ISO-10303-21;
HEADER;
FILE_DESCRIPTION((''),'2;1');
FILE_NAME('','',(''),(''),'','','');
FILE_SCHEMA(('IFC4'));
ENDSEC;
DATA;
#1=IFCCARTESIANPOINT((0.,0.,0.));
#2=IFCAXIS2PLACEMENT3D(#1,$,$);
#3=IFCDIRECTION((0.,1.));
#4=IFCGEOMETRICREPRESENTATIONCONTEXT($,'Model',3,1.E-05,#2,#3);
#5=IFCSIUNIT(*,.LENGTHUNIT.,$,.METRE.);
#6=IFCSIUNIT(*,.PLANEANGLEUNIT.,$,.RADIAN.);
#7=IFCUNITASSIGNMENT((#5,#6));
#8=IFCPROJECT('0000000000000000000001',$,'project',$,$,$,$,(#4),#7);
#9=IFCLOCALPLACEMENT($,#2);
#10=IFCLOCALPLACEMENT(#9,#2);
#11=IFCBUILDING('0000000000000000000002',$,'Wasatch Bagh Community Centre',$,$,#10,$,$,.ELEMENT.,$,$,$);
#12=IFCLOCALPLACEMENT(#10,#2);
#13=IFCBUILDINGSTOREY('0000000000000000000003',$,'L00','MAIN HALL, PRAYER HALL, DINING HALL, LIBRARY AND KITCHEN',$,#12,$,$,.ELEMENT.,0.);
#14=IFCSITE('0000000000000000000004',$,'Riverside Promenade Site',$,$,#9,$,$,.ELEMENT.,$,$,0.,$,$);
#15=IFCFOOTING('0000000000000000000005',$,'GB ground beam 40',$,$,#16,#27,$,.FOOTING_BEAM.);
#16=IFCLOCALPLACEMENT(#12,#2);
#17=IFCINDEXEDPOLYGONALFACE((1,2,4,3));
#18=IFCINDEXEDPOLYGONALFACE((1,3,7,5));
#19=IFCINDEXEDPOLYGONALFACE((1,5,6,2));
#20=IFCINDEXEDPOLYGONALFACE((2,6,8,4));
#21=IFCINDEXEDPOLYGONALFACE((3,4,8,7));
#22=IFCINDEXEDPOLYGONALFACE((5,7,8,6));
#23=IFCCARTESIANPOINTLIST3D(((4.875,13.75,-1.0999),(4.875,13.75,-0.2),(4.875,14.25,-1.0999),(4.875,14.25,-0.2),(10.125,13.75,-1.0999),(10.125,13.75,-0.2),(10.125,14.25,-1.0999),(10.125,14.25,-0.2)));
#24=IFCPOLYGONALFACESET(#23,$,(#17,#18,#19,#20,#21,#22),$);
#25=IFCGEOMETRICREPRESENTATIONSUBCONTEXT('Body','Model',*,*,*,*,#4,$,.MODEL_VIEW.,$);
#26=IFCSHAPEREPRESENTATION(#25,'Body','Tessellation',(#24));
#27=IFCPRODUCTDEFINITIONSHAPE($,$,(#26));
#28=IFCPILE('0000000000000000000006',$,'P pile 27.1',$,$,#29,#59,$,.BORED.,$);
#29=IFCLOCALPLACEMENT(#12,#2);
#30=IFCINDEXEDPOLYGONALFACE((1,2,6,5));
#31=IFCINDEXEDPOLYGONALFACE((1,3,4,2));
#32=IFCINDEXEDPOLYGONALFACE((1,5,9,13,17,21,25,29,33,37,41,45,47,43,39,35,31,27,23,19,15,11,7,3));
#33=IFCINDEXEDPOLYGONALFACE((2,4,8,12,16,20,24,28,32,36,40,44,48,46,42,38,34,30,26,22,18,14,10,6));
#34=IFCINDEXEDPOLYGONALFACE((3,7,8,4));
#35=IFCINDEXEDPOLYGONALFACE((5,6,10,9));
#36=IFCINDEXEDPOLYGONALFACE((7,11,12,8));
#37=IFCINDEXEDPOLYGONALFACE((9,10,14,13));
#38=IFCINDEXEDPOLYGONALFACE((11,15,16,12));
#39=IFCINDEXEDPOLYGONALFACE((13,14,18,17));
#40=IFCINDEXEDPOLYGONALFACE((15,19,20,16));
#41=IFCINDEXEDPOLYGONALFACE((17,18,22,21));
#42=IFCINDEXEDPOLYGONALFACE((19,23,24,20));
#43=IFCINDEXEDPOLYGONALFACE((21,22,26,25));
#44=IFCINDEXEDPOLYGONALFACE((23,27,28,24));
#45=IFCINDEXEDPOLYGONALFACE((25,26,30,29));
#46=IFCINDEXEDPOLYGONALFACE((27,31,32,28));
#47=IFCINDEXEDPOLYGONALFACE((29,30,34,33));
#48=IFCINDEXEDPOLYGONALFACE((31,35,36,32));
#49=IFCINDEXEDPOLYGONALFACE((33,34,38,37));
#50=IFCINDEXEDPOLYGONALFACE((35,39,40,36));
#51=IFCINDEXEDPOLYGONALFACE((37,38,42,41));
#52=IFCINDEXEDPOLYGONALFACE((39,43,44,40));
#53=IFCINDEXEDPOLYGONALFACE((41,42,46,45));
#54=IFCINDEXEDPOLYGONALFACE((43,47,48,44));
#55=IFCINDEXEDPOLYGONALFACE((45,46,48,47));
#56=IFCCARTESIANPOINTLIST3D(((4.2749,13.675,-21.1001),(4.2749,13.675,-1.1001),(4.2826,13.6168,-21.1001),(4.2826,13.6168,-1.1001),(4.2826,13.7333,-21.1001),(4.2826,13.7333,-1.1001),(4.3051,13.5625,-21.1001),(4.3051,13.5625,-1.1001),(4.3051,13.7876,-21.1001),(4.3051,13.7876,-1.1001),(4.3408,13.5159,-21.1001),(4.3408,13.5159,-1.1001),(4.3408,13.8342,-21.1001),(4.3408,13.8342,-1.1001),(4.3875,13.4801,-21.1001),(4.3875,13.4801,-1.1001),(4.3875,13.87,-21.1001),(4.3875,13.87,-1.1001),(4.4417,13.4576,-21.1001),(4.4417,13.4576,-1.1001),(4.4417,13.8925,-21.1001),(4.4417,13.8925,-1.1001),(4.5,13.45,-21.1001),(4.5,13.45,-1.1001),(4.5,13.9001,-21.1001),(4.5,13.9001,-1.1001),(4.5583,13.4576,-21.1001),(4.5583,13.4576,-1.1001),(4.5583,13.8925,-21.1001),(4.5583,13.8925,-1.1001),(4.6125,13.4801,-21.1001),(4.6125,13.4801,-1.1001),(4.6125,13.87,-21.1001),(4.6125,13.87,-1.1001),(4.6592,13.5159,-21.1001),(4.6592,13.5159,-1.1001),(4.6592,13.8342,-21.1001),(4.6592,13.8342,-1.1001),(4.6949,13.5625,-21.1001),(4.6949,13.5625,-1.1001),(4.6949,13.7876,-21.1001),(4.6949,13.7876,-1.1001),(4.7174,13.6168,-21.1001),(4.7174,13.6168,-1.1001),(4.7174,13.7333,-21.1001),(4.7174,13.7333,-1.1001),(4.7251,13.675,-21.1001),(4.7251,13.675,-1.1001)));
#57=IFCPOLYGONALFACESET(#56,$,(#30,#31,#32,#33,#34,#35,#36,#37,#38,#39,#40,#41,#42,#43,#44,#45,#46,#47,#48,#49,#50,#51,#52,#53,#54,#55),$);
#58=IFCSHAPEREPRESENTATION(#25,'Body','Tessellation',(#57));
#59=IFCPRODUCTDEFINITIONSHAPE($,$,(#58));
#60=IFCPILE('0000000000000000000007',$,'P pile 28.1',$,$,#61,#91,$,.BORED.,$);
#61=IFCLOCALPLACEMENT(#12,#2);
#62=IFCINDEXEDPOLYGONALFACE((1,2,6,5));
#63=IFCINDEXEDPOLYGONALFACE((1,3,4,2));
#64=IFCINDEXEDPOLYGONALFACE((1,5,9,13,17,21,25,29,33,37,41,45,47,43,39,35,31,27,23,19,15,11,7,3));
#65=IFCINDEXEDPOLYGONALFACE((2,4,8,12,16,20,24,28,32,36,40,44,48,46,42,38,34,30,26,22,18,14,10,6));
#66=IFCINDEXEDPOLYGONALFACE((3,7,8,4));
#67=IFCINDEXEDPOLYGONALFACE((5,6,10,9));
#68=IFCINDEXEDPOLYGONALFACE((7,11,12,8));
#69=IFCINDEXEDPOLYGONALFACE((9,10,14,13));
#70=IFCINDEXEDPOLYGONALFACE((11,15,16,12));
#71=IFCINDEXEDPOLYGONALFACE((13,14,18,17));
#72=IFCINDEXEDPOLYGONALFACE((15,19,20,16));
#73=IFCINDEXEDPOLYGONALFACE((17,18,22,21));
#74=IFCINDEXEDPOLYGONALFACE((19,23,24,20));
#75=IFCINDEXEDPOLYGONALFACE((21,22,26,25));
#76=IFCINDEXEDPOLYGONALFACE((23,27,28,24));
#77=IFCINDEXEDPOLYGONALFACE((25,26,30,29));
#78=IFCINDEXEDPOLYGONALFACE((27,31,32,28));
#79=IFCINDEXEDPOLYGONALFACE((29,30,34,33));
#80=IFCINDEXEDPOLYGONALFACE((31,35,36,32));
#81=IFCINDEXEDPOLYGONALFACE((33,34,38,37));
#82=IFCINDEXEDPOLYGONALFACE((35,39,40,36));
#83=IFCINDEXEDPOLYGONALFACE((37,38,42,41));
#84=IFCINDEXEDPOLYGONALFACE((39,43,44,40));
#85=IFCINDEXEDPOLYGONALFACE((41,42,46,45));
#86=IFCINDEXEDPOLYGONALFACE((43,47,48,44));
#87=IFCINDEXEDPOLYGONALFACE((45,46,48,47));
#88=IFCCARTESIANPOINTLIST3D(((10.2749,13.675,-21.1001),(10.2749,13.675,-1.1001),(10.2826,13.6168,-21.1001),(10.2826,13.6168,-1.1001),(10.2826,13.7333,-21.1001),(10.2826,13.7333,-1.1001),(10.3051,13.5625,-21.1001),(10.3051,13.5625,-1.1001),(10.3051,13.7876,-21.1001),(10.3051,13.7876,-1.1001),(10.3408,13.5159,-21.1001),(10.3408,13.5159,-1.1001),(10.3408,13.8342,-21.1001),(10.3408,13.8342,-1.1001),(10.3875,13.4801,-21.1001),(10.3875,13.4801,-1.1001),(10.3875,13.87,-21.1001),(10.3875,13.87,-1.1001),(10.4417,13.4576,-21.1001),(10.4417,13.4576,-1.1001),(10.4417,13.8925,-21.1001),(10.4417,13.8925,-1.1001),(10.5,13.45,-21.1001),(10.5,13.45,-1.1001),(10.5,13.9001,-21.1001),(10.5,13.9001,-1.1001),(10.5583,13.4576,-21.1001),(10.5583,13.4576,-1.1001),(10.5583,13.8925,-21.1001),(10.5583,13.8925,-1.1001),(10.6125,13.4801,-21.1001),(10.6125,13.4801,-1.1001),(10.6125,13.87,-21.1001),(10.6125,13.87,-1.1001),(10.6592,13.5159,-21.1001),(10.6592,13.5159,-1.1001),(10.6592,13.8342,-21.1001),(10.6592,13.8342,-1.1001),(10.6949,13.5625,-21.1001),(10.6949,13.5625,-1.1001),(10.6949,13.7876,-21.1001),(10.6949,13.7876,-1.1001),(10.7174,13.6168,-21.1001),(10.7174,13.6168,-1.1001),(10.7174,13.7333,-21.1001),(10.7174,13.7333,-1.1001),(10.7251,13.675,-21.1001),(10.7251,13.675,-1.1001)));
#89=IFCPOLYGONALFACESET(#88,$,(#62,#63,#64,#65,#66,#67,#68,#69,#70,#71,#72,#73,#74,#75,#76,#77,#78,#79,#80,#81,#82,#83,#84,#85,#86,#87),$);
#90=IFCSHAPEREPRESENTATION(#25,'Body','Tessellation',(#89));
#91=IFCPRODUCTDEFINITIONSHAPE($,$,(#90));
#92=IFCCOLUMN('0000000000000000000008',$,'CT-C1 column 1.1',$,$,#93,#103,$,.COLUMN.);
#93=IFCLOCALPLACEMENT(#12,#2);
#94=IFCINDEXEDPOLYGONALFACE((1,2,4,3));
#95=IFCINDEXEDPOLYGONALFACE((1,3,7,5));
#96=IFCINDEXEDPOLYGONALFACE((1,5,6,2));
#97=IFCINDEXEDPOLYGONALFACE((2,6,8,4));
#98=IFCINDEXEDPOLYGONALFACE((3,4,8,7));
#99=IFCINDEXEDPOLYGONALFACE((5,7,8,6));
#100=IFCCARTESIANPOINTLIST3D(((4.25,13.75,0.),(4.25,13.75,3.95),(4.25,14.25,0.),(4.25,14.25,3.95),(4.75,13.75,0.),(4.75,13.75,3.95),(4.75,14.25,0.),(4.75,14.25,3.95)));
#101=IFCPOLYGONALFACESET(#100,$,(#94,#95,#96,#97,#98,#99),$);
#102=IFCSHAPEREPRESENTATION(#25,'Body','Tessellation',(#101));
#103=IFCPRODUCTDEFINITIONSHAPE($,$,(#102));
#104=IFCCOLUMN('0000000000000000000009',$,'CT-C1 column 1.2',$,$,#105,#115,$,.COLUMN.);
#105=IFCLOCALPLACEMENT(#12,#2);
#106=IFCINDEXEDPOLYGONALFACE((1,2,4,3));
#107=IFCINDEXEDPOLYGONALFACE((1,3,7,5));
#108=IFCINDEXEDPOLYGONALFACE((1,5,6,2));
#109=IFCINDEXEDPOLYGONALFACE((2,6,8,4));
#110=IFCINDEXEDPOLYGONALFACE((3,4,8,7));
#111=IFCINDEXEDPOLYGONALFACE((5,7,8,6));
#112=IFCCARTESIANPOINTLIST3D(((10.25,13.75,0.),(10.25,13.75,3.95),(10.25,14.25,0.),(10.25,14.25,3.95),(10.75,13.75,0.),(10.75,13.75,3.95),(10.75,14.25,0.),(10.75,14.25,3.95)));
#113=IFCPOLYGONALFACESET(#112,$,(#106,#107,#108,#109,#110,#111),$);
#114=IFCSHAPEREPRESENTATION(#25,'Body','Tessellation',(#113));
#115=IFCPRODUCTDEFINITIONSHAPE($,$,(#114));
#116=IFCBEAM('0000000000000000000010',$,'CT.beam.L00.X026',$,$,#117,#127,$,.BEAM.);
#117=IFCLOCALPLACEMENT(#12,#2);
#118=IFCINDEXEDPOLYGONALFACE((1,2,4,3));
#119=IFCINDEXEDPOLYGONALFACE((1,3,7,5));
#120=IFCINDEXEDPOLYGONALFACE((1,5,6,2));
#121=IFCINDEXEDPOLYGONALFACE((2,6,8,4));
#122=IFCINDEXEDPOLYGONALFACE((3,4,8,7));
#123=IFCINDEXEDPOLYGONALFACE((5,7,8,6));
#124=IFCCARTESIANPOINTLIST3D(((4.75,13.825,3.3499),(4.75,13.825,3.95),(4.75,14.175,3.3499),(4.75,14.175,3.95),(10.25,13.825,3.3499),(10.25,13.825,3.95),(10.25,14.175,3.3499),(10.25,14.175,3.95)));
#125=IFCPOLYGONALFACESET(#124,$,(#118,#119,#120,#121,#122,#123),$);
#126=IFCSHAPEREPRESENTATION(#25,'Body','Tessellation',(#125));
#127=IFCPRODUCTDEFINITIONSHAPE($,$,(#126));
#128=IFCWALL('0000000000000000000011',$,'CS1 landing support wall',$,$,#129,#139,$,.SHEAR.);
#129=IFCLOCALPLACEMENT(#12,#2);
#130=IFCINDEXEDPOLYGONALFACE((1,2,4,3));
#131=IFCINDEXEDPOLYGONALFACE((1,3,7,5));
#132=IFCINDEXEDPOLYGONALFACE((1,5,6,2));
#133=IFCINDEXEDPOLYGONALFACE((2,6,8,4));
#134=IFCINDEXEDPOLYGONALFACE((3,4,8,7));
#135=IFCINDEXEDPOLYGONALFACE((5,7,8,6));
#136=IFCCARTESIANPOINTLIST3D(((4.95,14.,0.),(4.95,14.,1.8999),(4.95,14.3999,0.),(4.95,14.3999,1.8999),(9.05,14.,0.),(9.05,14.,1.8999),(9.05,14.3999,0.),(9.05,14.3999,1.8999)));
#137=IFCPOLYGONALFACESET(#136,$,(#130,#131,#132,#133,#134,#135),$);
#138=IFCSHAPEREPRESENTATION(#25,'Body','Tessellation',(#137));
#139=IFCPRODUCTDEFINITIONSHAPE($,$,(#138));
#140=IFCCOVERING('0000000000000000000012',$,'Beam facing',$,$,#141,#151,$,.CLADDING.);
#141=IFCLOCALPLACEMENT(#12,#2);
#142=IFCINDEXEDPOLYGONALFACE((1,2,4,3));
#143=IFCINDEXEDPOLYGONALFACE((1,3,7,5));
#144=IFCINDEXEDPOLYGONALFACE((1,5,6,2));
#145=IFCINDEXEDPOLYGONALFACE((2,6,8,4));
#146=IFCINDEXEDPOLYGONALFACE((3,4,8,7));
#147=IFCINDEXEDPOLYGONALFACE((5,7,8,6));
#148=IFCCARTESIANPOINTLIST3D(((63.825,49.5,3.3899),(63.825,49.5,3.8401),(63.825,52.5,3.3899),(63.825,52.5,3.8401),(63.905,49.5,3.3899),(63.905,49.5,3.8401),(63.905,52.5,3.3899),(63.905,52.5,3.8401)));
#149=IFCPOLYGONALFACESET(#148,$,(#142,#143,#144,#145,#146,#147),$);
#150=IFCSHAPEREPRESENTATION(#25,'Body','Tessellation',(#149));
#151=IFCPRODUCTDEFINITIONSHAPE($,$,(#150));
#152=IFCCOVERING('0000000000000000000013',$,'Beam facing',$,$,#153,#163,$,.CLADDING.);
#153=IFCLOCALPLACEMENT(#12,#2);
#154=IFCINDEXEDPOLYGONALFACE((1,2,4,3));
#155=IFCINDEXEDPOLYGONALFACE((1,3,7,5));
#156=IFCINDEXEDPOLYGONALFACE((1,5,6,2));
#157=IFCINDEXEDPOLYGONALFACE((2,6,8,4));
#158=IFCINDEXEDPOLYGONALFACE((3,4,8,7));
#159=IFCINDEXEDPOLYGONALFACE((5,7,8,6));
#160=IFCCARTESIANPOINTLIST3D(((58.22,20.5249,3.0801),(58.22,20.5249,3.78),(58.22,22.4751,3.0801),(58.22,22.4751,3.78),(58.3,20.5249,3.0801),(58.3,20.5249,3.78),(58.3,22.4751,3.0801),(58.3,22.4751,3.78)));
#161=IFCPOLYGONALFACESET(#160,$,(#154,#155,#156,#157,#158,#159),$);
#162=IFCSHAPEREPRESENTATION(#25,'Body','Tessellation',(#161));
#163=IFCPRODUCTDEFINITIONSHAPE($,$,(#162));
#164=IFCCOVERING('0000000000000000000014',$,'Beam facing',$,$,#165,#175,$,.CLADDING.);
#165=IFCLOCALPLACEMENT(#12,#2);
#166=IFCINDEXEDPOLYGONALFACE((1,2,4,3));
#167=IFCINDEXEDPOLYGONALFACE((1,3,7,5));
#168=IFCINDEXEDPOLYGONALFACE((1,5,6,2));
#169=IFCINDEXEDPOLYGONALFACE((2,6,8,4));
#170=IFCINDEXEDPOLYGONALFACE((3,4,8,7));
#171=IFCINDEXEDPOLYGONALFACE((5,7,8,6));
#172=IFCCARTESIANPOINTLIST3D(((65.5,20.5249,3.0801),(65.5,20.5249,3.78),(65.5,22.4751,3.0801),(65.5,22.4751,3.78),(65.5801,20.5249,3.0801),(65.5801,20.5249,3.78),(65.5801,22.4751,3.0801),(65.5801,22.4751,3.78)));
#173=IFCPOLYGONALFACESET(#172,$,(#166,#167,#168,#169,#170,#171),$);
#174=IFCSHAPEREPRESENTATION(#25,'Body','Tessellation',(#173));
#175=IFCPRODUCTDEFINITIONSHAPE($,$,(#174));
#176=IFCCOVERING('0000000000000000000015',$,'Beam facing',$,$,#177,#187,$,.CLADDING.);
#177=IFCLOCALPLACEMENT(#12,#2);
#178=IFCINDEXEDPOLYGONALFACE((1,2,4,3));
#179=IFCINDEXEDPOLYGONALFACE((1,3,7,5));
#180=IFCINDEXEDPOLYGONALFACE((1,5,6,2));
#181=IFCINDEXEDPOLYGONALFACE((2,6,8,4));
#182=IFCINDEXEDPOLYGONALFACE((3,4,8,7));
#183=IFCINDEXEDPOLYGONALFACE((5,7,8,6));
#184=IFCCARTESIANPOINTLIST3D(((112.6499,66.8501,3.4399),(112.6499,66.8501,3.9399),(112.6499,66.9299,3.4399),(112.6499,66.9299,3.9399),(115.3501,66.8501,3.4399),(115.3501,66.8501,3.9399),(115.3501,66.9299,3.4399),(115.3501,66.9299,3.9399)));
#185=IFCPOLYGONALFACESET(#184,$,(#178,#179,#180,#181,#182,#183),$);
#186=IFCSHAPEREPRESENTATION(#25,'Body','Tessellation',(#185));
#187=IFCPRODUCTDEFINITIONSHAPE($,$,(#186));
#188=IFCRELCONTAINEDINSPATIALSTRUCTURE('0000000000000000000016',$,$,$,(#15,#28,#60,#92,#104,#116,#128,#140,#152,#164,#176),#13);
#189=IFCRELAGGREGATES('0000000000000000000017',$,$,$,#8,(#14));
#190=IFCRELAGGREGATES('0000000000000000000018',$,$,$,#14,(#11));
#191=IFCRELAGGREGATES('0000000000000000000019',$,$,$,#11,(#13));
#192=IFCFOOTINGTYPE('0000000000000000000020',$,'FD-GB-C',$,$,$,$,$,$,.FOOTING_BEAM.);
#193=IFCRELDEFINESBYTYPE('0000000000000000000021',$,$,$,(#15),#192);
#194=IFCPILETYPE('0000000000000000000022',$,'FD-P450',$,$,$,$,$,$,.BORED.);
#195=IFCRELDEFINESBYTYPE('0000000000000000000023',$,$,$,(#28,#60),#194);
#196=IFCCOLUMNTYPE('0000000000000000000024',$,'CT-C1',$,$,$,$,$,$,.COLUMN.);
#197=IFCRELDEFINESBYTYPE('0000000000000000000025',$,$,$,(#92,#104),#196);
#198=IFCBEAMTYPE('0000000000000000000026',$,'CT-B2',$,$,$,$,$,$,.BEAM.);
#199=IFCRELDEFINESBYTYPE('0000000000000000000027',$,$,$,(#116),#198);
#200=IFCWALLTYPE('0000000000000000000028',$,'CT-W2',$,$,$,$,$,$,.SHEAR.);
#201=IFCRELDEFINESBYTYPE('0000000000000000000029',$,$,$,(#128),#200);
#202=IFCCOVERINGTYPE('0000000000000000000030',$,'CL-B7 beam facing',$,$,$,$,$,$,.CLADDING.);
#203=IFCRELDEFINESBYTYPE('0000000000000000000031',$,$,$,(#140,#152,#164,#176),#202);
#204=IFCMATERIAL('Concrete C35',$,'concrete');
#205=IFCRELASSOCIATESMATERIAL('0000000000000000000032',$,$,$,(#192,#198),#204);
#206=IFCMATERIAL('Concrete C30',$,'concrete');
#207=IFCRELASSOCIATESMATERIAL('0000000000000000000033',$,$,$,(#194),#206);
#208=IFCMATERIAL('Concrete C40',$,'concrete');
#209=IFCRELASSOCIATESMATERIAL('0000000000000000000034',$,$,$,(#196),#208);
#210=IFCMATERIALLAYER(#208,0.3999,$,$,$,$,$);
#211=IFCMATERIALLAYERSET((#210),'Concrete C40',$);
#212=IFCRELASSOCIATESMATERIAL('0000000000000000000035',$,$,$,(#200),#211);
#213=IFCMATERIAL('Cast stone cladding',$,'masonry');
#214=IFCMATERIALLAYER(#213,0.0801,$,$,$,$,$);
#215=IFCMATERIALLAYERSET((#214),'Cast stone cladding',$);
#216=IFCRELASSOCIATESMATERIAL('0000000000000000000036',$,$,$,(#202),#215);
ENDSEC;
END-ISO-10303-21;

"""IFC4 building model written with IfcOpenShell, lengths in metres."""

from ifc_helpers import new_model, si_unit, direction, frame, frame_2d, origin, origin_2d, place, context, subcontext, project, spatial, polyline, rectangle, circle, outline, extrude, material, layer, layer_set, material_profile, profile_set, type_object, element, save


model = new_model("IFC4")

# Units and contexts
model_context = context("Model", 3, precision=1e-05, world=origin(), true_north=direction((0.0, 1.0)))
body_context = subcontext(model_context, "Body", "Model", "MODEL_VIEW")
ifc_project = project(units=[si_unit("LENGTHUNIT", "METRE"), si_unit("PLANEANGLEUNIT", "RADIAN")], contexts=[model_context])

# Site, building, storey
site_placement = place(None, origin())
site = spatial("IfcSite", under=ifc_project, at=site_placement, Name="Riverside Promenade Site", CompositionType="ELEMENT", RefElevation=0.0)
building_placement = place(site_placement, origin())
building = spatial("IfcBuilding", under=site, at=building_placement, Name="Wasatch Bagh Community Centre", CompositionType="ELEMENT")
storey_placement = place(building_placement, origin())
storey = spatial("IfcBuildingStorey", under=building, at=storey_placement, Name="L00", Description="MAIN HALL, PRAYER HALL, DINING HALL, LIBRARY AND KITCHEN", CompositionType="ELEMENT", Elevation=0.0)

# Footing
ifc_material_1 = material(Name="Concrete C35", Category="concrete")
footing_type = type_object("IfcFootingType", Name="FD-GB-C", PredefinedType="FOOTING_BEAM", material=ifc_material_1)
footing_placement = place(storey_placement, frame((7.5, 14.0, -1.0999), z_axis=(0.0, 0.0, 1.0), x_axis=(1.0, 0.0, 0.0)))
element("IfcFooting", 1, at=footing_placement, inside=storey, type_object=footing_type, Name="GB ground beam 40", PredefinedType="FOOTING_BEAM", context=body_context, shape_type="SweptSolid", body=[
    extrude(rectangle(XDim=5.25, YDim=0.5, at=origin_2d()), origin(), (0.0, 0.0, 1.0), 0.8999),
])

# Piles
ifc_material_2 = material(Name="Concrete C30", Category="concrete")
ifc_material_profile_1 = material_profile(ifc_material_2, circle(Radius=0.2251, at=origin_2d()), Name="RC D450")
ifc_profile_set_1 = profile_set([ifc_material_profile_1], Name="Concrete C30")
pile_type = type_object("IfcPileType", Name="FD-P450", PredefinedType="BORED", material=ifc_profile_set_1)
for number, where, z_axis, x_axis, name in (
    (2, (4.5, 13.675, -1.1001), (0.0, 0.0, -1.0), (1.0, 0.0, 0.0), "P pile 27.1"),
    (3, (10.5, 13.675, -1.1001), (0.0, 0.0, -1.0), (1.0, 0.0, 0.0), "P pile 28.1"),
):
    element("IfcPile", number, at=place(storey_placement, frame(where, z_axis=z_axis, x_axis=x_axis)), inside=storey, type_object=pile_type, Name=name, PredefinedType="BORED", context=body_context, shape_type="SweptSolid", body=[
        extrude(circle(Radius=0.2251, at=origin_2d()), origin(), (0.0, 0.0, 1.0), 20.0),
    ])

# Columns
ifc_material_3 = material(Name="Concrete C40", Category="concrete")
ifc_material_profile_2 = material_profile(ifc_material_3, rectangle(XDim=0.5, YDim=0.5, at=origin_2d()), Name="RC 500x500")
ifc_profile_set_2 = profile_set([ifc_material_profile_2], Name="Concrete C40")
column_type = type_object("IfcColumnType", Name="CT-C1", PredefinedType="COLUMN", material=ifc_profile_set_2)
for number, where, z_axis, x_axis, name in (
    (4, (4.5, 14.0, 0.0), (0.0, 0.0, 1.0), (1.0, 0.0, 0.0), "CT-C1 column 1.1"),
    (5, (10.5, 14.0, 0.0), (0.0, 0.0, 1.0), (1.0, 0.0, 0.0), "CT-C1 column 1.2"),
):
    element("IfcColumn", number, at=place(storey_placement, frame(where, z_axis=z_axis, x_axis=x_axis)), inside=storey, type_object=column_type, Name=name, PredefinedType="COLUMN", context=body_context, shape_type="SweptSolid", body=[
        extrude(rectangle(XDim=0.5, YDim=0.5, at=origin_2d()), origin(), (0.0, 0.0, 1.0), 3.95),
    ])

# Beam
ifc_material_profile_3 = material_profile(ifc_material_1, rectangle(XDim=0.3501, YDim=0.6001, at=origin_2d()), Name="RC 350x600")
ifc_profile_set_3 = profile_set([ifc_material_profile_3], Name="Concrete C35")
beam_type = type_object("IfcBeamType", Name="CT-B2", PredefinedType="BEAM", material=ifc_profile_set_3)
beam_placement = place(storey_placement, frame((4.75, 14.0, 3.6499), z_axis=(1.0, 0.0, 0.0), x_axis=(0.0, 1.0, 0.0)))
element("IfcBeam", 6, at=beam_placement, inside=storey, type_object=beam_type, Name="CT.beam.L00.X026", PredefinedType="BEAM", context=body_context, shape_type="SweptSolid", body=[
    extrude(rectangle(XDim=0.3501, YDim=0.6001, at=origin_2d()), origin(), (0.0, 0.0, 1.0), 5.5),
])

# Wall
ifc_layer_1 = layer(ifc_material_3, 0.3999)
ifc_layer_set_1 = layer_set([ifc_layer_1], Name="Concrete C40")
wall_type = type_object("IfcWallType", Name="CT-W2", PredefinedType="SHEAR", material=ifc_layer_set_1)
wall_placement = place(storey_placement, frame((4.95, 14.2, 0.0), z_axis=(0.0, 0.0, 1.0), x_axis=(1.0, 0.0, 0.0)))
element("IfcWall", 7, at=wall_placement, inside=storey, type_object=wall_type, Name="CS1 landing support wall", PredefinedType="SHEAR", context=body_context, shape_type="SweptSolid", body=[
    extrude(rectangle(XDim=4.1001, YDim=0.3999, at=frame_2d((2.05, 0.0))), origin(), (0.0, 0.0, 1.0), 1.8999),
])

# Coverings
ifc_material_4 = material(Name="Cast stone cladding", Category="masonry")
ifc_layer_2 = layer(ifc_material_4, 0.0801)
ifc_layer_set_2 = layer_set([ifc_layer_2], Name="Cast stone cladding")
covering_type = type_object("IfcCoveringType", Name="CL-B7 beam facing", PredefinedType="CLADDING", material=ifc_layer_set_2)
covering_1_placement = place(storey_placement, frame((0.0, 0.0, 3.3899)))
element("IfcCovering", 8, at=covering_1_placement, inside=storey, type_object=covering_type, Name="Beam facing", PredefinedType="CLADDING", context=body_context, shape_type="SweptSolid", body=[
    extrude(outline(polyline([(63.825, 49.5), (63.825, 52.5), (63.905, 52.5), (63.905, 49.5), (63.825, 49.5)])), origin(), (0.0, 0.0, 1.0), 0.4502),
])
covering_2_placement = place(storey_placement, frame((0.0, 0.0, 3.0801)))
element("IfcCovering", 9, at=covering_2_placement, inside=storey, type_object=covering_type, Name="Beam facing", PredefinedType="CLADDING", context=body_context, shape_type="SweptSolid", body=[
    extrude(outline(polyline([(58.3, 20.5249), (58.3, 22.4751), (58.22, 22.4751), (58.22, 20.5249), (58.3, 20.5249)])), origin(), (0.0, 0.0, 1.0), 0.7),
])
covering_3_placement = place(storey_placement, frame((0.0, 0.0, 3.0801)))
element("IfcCovering", 10, at=covering_3_placement, inside=storey, type_object=covering_type, Name="Beam facing", PredefinedType="CLADDING", context=body_context, shape_type="SweptSolid", body=[
    extrude(outline(polyline([(65.5, 20.5249), (65.5, 22.4751), (65.5801, 22.4751), (65.5801, 20.5249), (65.5, 20.5249)])), origin(), (0.0, 0.0, 1.0), 0.7),
])
covering_4_placement = place(storey_placement, frame((0.0, 0.0, 3.4399)))
element("IfcCovering", 11, at=covering_4_placement, inside=storey, type_object=covering_type, Name="Beam facing", PredefinedType="CLADDING", context=body_context, shape_type="SweptSolid", body=[
    extrude(outline(polyline([(112.6499, 66.8501), (115.3501, 66.8501), (115.3501, 66.9299), (112.6499, 66.9299), (112.6499, 66.8501)])), origin(), (0.0, 0.0, 1.0), 0.5),
])

save(model, "model.ifc")
